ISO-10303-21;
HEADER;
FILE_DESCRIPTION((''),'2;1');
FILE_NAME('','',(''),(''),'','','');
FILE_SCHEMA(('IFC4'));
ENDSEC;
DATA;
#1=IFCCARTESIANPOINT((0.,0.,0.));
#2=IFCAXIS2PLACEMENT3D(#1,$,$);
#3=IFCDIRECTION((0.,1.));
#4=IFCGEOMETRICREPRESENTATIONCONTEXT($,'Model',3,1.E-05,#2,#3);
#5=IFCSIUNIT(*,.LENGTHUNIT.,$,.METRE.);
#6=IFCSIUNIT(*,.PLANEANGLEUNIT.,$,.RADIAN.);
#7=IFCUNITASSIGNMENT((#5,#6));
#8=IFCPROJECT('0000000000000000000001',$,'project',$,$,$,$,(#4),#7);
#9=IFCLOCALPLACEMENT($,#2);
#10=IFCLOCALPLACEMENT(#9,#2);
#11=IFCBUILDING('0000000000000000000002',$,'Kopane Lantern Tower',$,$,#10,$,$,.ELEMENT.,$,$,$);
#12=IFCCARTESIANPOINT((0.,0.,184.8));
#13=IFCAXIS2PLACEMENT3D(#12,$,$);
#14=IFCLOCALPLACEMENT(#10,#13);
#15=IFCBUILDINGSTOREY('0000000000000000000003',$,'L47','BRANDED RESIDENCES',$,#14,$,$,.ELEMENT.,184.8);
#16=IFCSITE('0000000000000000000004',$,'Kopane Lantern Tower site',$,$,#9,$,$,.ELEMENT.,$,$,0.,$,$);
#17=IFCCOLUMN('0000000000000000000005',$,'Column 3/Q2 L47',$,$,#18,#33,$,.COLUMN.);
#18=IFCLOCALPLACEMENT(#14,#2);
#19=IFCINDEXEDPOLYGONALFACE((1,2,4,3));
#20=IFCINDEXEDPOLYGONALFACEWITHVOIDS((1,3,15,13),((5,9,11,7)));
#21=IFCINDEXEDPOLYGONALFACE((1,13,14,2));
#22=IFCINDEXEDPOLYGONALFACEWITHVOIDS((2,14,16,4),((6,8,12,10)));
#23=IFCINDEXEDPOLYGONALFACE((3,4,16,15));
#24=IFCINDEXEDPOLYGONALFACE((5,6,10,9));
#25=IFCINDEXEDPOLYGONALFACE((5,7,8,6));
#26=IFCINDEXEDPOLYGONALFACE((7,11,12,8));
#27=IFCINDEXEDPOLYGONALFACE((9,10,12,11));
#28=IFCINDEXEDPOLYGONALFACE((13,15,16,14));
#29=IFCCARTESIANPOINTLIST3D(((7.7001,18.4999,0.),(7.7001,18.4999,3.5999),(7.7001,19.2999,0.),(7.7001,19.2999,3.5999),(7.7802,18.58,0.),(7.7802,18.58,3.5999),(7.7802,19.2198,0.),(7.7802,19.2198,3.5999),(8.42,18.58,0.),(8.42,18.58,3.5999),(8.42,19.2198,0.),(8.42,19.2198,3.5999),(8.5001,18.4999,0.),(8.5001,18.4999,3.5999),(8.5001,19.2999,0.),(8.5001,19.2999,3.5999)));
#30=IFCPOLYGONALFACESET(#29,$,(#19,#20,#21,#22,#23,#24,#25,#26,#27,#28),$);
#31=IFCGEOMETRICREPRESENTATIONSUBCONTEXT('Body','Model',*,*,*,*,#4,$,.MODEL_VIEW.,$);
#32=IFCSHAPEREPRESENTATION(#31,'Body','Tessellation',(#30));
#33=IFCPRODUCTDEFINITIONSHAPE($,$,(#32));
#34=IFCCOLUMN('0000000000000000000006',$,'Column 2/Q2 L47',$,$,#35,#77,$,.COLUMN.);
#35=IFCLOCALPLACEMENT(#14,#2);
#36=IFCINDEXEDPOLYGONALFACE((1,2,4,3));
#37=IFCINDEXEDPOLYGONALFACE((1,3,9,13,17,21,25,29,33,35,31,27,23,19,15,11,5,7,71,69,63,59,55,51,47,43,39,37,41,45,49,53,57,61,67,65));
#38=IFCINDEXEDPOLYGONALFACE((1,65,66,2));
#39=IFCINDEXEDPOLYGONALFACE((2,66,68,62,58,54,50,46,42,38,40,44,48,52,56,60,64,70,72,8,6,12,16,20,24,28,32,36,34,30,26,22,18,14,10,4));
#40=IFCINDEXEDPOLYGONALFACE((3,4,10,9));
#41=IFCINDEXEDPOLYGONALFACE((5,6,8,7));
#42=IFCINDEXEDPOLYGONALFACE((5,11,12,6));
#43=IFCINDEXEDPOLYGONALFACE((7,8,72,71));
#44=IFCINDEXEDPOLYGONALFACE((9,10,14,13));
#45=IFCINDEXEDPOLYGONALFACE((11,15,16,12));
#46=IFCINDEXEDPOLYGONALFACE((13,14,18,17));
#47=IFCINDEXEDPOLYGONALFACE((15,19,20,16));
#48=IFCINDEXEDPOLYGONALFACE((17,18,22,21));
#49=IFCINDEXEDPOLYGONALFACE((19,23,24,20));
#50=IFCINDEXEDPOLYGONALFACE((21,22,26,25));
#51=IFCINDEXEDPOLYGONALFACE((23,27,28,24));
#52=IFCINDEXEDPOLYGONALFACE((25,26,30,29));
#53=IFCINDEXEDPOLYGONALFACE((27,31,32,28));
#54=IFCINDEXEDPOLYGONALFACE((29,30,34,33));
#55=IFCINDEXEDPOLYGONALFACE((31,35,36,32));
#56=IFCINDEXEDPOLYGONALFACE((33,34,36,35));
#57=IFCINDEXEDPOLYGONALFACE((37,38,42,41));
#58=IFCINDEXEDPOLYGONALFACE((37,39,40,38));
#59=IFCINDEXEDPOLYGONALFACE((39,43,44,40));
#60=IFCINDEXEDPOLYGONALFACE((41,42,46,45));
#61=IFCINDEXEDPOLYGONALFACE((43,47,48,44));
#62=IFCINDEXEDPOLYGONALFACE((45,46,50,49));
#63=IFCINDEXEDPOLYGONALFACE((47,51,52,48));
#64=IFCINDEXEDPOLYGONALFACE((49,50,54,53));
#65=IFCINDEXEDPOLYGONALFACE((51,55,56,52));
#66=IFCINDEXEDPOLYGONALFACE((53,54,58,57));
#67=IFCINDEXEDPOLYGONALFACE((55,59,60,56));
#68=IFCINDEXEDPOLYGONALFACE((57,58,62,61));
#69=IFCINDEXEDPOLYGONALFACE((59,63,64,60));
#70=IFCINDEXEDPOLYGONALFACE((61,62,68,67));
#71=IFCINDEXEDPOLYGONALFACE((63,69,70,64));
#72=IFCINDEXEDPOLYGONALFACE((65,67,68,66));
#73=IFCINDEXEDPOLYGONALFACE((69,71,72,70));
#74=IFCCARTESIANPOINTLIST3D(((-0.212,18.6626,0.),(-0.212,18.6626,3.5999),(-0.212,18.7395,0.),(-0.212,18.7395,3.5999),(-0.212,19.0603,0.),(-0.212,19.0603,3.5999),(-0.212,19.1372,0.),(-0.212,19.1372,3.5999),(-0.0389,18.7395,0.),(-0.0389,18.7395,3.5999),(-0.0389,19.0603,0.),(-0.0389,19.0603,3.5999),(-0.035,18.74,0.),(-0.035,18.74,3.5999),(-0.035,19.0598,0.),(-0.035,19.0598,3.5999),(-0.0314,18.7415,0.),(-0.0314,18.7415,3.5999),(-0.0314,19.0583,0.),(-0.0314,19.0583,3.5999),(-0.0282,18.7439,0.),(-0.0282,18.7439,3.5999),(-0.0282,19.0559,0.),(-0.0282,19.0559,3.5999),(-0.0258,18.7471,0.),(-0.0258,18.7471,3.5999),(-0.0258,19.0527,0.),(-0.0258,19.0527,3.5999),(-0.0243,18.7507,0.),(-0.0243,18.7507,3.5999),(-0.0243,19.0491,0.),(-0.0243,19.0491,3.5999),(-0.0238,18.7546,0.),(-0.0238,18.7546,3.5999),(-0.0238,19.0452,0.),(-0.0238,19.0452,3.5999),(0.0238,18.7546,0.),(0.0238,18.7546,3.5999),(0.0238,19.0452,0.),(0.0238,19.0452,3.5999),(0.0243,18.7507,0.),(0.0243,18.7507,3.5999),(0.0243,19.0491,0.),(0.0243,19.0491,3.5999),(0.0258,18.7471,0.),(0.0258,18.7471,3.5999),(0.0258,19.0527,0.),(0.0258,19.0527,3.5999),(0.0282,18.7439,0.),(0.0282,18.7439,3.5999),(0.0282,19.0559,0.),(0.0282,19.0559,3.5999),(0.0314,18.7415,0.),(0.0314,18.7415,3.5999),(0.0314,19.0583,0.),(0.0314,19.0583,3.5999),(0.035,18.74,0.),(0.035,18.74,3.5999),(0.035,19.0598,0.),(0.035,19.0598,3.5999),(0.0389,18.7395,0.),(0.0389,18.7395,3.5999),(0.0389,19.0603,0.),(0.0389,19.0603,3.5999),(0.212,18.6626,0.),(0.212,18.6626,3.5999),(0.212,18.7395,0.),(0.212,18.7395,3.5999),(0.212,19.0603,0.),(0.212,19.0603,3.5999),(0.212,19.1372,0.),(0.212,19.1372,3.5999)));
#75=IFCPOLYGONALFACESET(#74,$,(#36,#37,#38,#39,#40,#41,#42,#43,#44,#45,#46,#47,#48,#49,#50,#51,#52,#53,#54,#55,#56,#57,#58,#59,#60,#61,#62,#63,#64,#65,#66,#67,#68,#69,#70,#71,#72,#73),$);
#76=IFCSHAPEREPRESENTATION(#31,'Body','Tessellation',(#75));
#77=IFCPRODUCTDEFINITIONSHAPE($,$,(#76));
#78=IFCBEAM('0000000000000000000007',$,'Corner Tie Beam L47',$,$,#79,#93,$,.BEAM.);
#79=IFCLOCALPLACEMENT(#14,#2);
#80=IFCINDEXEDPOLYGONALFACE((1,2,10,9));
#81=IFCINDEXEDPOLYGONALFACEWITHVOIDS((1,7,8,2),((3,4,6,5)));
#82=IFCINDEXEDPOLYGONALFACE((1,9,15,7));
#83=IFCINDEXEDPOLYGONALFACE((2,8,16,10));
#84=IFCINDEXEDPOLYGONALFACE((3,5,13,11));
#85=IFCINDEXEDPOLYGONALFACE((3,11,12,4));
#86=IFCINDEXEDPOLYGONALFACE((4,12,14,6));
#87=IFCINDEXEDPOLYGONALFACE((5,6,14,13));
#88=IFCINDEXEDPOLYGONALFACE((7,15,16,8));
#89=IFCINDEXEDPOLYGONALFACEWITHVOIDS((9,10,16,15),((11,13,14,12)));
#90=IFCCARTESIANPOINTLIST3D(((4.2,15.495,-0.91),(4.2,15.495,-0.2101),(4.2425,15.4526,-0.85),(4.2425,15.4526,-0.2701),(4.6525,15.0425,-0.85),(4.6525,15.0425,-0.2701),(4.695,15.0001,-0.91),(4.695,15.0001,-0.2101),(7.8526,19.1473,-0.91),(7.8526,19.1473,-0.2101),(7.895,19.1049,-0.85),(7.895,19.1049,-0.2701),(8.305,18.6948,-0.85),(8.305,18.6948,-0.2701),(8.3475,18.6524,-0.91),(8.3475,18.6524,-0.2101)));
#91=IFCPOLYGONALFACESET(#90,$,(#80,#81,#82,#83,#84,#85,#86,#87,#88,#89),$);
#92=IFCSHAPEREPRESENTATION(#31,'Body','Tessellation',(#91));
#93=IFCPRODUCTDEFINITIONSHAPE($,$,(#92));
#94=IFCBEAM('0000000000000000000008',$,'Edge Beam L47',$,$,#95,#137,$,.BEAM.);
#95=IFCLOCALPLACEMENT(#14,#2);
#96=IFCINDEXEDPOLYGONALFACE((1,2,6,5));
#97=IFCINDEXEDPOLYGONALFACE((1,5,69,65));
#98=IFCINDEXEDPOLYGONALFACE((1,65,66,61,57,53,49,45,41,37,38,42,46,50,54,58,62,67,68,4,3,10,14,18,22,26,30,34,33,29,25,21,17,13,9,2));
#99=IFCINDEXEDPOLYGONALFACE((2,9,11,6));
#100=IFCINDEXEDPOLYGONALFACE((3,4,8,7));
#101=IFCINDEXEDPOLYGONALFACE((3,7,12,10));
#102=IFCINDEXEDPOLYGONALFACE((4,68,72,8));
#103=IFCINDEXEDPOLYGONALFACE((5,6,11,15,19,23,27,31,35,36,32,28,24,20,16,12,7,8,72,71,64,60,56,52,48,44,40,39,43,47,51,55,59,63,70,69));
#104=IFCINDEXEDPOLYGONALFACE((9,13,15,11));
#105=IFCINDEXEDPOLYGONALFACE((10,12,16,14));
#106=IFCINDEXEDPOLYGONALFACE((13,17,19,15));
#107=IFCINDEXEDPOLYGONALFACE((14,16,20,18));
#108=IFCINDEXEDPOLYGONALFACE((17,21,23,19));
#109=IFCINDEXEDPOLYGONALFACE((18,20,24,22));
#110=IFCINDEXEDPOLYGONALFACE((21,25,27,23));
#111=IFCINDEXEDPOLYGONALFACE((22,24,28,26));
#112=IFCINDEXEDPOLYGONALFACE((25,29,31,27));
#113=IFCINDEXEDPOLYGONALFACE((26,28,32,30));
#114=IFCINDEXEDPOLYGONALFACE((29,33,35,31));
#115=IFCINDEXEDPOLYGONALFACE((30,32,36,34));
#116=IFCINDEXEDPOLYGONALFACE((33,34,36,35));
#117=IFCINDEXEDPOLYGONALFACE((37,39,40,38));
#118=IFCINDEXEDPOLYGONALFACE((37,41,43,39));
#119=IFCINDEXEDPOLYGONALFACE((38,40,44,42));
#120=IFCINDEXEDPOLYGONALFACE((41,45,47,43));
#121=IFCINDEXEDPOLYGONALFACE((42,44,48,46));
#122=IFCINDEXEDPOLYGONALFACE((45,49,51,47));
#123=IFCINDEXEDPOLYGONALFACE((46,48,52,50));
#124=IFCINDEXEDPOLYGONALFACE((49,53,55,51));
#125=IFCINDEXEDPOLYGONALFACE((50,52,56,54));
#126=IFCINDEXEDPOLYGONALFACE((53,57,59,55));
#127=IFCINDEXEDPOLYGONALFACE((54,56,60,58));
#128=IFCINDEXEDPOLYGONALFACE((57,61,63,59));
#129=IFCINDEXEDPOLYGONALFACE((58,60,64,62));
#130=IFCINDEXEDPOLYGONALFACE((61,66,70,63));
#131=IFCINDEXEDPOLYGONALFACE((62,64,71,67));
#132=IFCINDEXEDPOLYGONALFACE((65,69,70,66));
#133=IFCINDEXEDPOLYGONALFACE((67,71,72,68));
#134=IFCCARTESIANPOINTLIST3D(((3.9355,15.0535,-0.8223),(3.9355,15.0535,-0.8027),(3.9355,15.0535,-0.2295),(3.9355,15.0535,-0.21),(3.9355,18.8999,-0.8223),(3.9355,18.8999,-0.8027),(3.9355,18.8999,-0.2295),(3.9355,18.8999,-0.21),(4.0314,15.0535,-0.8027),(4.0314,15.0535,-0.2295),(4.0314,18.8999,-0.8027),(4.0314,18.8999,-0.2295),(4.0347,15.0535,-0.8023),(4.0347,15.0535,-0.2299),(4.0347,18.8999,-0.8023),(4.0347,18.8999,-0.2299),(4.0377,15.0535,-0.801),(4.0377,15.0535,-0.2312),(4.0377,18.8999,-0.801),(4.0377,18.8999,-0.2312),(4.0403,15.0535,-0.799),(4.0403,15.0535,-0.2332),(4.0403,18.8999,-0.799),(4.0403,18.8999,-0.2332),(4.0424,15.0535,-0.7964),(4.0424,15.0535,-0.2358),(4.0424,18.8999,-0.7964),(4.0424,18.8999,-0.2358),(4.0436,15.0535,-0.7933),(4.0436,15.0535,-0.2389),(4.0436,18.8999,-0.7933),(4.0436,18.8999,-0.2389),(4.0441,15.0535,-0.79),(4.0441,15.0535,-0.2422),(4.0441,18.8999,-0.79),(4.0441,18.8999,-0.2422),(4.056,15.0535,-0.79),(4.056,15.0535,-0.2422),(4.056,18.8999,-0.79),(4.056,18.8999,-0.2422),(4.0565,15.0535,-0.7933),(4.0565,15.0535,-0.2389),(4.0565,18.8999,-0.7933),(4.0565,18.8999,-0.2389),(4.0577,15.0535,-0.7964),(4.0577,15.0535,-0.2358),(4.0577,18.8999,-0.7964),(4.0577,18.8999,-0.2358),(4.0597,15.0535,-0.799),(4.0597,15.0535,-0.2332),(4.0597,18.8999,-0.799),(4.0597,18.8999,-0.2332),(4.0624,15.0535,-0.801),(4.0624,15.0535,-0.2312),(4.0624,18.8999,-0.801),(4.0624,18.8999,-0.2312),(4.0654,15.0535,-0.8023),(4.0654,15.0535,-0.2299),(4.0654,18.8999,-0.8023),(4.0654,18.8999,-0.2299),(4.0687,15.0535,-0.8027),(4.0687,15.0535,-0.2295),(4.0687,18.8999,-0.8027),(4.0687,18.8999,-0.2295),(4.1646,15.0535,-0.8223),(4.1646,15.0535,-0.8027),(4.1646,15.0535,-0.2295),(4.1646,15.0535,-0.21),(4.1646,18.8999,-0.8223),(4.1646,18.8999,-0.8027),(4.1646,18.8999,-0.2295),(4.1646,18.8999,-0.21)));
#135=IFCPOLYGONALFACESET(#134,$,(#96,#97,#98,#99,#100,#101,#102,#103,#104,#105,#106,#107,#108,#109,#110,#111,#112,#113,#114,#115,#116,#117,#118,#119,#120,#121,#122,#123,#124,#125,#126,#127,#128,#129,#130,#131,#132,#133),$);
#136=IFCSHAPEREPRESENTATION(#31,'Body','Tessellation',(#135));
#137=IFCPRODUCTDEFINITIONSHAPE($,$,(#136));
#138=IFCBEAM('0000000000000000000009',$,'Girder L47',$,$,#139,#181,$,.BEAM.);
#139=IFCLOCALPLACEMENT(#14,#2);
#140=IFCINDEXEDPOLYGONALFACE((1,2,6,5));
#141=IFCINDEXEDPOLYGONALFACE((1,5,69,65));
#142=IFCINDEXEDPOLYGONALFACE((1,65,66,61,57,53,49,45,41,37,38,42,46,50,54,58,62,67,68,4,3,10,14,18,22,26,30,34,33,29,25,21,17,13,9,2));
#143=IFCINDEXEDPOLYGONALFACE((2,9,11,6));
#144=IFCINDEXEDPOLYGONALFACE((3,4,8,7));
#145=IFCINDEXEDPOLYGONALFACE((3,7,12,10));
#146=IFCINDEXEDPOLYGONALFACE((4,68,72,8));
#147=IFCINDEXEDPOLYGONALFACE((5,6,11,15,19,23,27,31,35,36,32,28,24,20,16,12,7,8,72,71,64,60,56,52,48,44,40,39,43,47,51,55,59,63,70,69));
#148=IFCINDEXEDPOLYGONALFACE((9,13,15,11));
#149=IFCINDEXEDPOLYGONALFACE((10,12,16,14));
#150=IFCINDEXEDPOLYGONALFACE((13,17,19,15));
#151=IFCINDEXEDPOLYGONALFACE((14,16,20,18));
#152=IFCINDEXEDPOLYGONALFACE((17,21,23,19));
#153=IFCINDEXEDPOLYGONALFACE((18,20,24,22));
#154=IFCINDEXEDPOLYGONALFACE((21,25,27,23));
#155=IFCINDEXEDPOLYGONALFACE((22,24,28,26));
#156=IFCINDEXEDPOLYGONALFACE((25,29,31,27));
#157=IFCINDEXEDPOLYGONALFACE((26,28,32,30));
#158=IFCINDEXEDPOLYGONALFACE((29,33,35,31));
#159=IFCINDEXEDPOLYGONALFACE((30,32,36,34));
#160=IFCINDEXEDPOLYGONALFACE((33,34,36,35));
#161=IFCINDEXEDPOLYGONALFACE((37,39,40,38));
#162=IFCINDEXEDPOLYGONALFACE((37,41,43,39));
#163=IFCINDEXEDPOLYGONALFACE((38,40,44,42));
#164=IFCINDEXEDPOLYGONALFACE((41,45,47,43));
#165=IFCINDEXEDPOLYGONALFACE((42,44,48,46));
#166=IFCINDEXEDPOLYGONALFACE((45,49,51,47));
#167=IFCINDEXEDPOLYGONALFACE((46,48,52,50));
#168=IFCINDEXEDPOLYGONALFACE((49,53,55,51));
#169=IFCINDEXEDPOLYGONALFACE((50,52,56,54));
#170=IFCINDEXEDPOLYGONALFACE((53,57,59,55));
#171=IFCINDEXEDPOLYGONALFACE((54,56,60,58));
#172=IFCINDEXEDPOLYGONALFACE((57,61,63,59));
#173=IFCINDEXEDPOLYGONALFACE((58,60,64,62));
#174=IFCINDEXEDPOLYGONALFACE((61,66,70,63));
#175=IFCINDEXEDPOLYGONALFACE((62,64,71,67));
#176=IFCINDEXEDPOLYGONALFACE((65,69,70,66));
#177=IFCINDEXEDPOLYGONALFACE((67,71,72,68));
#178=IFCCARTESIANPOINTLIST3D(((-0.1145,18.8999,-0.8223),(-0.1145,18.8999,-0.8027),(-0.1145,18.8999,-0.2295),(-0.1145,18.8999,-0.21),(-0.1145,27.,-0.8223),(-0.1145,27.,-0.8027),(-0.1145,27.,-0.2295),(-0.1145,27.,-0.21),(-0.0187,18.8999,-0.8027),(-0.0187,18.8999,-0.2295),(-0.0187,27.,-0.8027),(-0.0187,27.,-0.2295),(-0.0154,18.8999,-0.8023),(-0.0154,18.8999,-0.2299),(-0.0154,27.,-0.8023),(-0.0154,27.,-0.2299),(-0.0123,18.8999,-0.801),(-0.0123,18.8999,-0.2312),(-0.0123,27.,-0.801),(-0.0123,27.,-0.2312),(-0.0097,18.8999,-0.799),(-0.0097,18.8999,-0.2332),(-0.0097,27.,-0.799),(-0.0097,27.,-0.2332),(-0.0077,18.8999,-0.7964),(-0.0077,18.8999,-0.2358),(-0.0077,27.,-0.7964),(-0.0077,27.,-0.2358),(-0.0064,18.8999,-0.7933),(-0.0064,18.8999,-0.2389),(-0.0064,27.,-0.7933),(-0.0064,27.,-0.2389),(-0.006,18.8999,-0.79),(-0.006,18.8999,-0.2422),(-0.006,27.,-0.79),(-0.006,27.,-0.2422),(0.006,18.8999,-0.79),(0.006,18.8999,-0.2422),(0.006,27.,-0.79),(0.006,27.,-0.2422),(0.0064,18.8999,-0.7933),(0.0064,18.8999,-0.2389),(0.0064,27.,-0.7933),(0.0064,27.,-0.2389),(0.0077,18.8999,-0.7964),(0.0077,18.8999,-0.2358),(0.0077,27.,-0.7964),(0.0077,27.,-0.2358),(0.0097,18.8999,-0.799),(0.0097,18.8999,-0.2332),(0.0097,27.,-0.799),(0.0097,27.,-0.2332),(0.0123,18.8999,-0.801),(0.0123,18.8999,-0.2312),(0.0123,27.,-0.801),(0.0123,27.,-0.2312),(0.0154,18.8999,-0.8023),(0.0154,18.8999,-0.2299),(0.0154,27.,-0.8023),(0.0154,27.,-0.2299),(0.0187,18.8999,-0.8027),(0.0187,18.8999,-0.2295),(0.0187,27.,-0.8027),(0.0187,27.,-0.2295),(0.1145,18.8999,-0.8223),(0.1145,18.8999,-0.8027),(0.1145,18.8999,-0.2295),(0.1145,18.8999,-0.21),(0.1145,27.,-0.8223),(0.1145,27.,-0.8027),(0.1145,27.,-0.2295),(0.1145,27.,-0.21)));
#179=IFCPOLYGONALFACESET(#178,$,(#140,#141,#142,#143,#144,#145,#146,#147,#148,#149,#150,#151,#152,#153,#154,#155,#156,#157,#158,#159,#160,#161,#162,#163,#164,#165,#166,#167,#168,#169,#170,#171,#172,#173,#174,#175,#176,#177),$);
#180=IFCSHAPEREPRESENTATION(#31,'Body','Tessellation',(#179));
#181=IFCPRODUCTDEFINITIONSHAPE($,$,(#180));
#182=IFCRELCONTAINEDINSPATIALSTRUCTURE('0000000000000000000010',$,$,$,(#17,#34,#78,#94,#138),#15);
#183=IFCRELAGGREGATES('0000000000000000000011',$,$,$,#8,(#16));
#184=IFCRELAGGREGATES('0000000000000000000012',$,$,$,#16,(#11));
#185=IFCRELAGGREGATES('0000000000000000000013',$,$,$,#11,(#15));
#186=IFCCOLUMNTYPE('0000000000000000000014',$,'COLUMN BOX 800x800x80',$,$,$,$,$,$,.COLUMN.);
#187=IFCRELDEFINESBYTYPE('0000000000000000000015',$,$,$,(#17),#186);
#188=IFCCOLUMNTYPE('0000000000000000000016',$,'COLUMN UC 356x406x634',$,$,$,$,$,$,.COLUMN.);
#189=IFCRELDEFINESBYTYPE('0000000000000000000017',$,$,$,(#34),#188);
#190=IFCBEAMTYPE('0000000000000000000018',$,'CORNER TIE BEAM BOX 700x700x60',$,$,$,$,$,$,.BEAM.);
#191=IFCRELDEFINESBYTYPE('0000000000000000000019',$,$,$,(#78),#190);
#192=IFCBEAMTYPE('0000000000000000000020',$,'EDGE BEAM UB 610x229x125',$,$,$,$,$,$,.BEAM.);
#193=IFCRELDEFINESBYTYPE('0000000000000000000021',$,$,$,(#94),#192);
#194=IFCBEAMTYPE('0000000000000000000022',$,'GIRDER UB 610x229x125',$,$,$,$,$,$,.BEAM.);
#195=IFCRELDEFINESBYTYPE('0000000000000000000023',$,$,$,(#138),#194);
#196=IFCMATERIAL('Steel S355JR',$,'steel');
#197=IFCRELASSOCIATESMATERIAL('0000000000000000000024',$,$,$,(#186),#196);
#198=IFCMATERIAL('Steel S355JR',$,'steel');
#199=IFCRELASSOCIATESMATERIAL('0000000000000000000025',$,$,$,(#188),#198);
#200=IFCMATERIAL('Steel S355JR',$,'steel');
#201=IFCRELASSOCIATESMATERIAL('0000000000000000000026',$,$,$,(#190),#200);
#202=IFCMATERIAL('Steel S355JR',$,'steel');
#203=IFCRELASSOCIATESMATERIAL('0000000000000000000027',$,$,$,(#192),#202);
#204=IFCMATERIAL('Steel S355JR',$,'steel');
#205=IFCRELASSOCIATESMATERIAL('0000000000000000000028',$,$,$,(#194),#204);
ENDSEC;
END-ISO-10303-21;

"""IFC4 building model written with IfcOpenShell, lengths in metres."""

from ifc_helpers import new_model, si_unit, direction, frame, origin, origin_2d, place, context, subcontext, project, spatial, hollow_rectangle, i_section, extrude, material, material_profile, profile_set, type_object, element, save


model = new_model("IFC4")

# Units and contexts
model_context = context("Model", 3, precision=1e-05, world=origin(), true_north=direction((0.0, 1.0)))
body_context = subcontext(model_context, "Body", "Model", "MODEL_VIEW")
ifc_project = project(units=[si_unit("LENGTHUNIT", "METRE"), si_unit("PLANEANGLEUNIT", "RADIAN")], contexts=[model_context])

# Site, building, storey
site_placement = place(None, origin())
site = spatial("IfcSite", under=ifc_project, at=site_placement, Name="Kopane Lantern Tower site", CompositionType="ELEMENT", RefElevation=0.0)
building_placement = place(site_placement, origin())
building = spatial("IfcBuilding", under=site, at=building_placement, Name="Kopane Lantern Tower", CompositionType="ELEMENT")
storey_placement = place(building_placement, frame((0.0, 0.0, 184.8)))
storey = spatial("IfcBuildingStorey", under=building, at=storey_placement, Name="L47", Description="BRANDED RESIDENCES", CompositionType="ELEMENT", Elevation=184.8)

# Columns
ifc_material_1 = material(Name="Steel S355JR", Category="steel")
ifc_material_profile_1 = material_profile(ifc_material_1, hollow_rectangle(XDim=0.8, YDim=0.8, WallThickness=0.0801, at=origin_2d()), Name="BOX 800x800x80")
ifc_profile_set_1 = profile_set([ifc_material_profile_1], Name="Steel S355JR")
column_type_1 = type_object("IfcColumnType", Name="COLUMN BOX 800x800x80", PredefinedType="COLUMN", material=ifc_profile_set_1)
column_1_placement = place(storey_placement, frame((8.1001, 18.8999, 0.0), z_axis=(0.0, 0.0, 1.0), x_axis=(1.0, 0.0, 0.0)))
element("IfcColumn", 1, at=column_1_placement, inside=storey, type_object=column_type_1, Name="Column 3/Q2 L47", PredefinedType="COLUMN", context=body_context, shape_type="SweptSolid", body=[
    extrude(hollow_rectangle(XDim=0.8, YDim=0.8, WallThickness=0.0801, at=origin_2d()), origin(), (0.0, 0.0, 1.0), 3.5999),
])
ifc_material_2 = material(Name="Steel S355JR", Category="steel")
ifc_material_profile_2 = material_profile(ifc_material_2, i_section(OverallWidth=0.4241, OverallDepth=0.4746, WebThickness=0.0476, FlangeThickness=0.0769, FilletRadius=0.0151, at=origin_2d()), Name="UC 356x406x634")
ifc_profile_set_2 = profile_set([ifc_material_profile_2], Name="Steel S355JR")
column_type_2 = type_object("IfcColumnType", Name="COLUMN UC 356x406x634", PredefinedType="COLUMN", material=ifc_profile_set_2)
column_2_placement = place(storey_placement, frame((0.0, 18.8999, 0.0), z_axis=(0.0, 0.0, 1.0), x_axis=(1.0, 0.0, 0.0)))
element("IfcColumn", 2, at=column_2_placement, inside=storey, type_object=column_type_2, Name="Column 2/Q2 L47", PredefinedType="COLUMN", context=body_context, shape_type="SweptSolid", body=[
    extrude(i_section(OverallWidth=0.4241, OverallDepth=0.4746, WebThickness=0.0476, FlangeThickness=0.0769, FilletRadius=0.0151, at=origin_2d()), origin(), (0.0, 0.0, 1.0), 3.5999),
])

# Beams
ifc_material_3 = material(Name="Steel S355JR", Category="steel")
ifc_material_profile_3 = material_profile(ifc_material_3, hollow_rectangle(XDim=0.7, YDim=0.7, WallThickness=0.0601, at=origin_2d()), Name="BOX 700x700x60")
ifc_profile_set_3 = profile_set([ifc_material_profile_3], Name="Steel S355JR")
beam_type_1 = type_object("IfcBeamType", Name="CORNER TIE BEAM BOX 700x700x60", PredefinedType="BEAM", material=ifc_profile_set_3)
beam_1_placement = place(storey_placement, frame((4.4475, 15.2476, -0.5601), z_axis=(0.70713, 0.707083, 0.0), x_axis=(-0.707083, 0.70713, 0.0)))
element("IfcBeam", 3, at=beam_1_placement, inside=storey, type_object=beam_type_1, Name="Corner Tie Beam L47", PredefinedType="BEAM", context=body_context, shape_type="SweptSolid", body=[
    extrude(hollow_rectangle(XDim=0.7, YDim=0.7, WallThickness=0.0601, at=origin_2d()), origin(), (0.0, 0.0, 1.0), 5.1653),
])
ifc_material_4 = material(Name="Steel S355JR", Category="steel")
ifc_material_profile_4 = material_profile(ifc_material_4, i_section(OverallWidth=0.229, OverallDepth=0.6123, WebThickness=0.012, FlangeThickness=0.0195, FilletRadius=0.0127, at=origin_2d()), Name="UB 610x229x125")
ifc_profile_set_4 = profile_set([ifc_material_profile_4], Name="Steel S355JR")
beam_type_2 = type_object("IfcBeamType", Name="EDGE BEAM UB 610x229x125", PredefinedType="BEAM", material=ifc_profile_set_4)
beam_2_placement = place(storey_placement, frame((4.05, 15.0535, -0.5161), z_axis=(0.0, 1.0, 0.0), x_axis=(-1.0, 0.0, 0.0)))
element("IfcBeam", 4, at=beam_2_placement, inside=storey, type_object=beam_type_2, Name="Edge Beam L47", PredefinedType="BEAM", context=body_context, shape_type="SweptSolid", body=[
    extrude(i_section(OverallWidth=0.229, OverallDepth=0.6123, WebThickness=0.012, FlangeThickness=0.0195, FilletRadius=0.0127, at=origin_2d()), origin(), (0.0, 0.0, 1.0), 3.8464),
])
ifc_material_5 = material(Name="Steel S355JR", Category="steel")
ifc_material_profile_5 = material_profile(ifc_material_5, i_section(OverallWidth=0.229, OverallDepth=0.6123, WebThickness=0.012, FlangeThickness=0.0195, FilletRadius=0.0127, at=origin_2d()), Name="UB 610x229x125")
ifc_profile_set_5 = profile_set([ifc_material_profile_5], Name="Steel S355JR")
beam_type_3 = type_object("IfcBeamType", Name="GIRDER UB 610x229x125", PredefinedType="BEAM", material=ifc_profile_set_5)
for number, where, z_axis, x_axis, name in (
    (5, (0.0, 18.8999, -0.5161), (0.0, 1.0, 0.0), (-1.0, 0.0, 0.0), "Girder L47"),
):
    element("IfcBeam", number, at=place(storey_placement, frame(where, z_axis=z_axis, x_axis=x_axis)), inside=storey, type_object=beam_type_3, Name=name, PredefinedType="BEAM", context=body_context, shape_type="SweptSolid", body=[
        extrude(i_section(OverallWidth=0.229, OverallDepth=0.6123, WebThickness=0.012, FlangeThickness=0.0195, FilletRadius=0.0127, at=origin_2d()), origin(), (0.0, 0.0, 1.0), 8.1001),
    ])

save(model, "model.ifc")
